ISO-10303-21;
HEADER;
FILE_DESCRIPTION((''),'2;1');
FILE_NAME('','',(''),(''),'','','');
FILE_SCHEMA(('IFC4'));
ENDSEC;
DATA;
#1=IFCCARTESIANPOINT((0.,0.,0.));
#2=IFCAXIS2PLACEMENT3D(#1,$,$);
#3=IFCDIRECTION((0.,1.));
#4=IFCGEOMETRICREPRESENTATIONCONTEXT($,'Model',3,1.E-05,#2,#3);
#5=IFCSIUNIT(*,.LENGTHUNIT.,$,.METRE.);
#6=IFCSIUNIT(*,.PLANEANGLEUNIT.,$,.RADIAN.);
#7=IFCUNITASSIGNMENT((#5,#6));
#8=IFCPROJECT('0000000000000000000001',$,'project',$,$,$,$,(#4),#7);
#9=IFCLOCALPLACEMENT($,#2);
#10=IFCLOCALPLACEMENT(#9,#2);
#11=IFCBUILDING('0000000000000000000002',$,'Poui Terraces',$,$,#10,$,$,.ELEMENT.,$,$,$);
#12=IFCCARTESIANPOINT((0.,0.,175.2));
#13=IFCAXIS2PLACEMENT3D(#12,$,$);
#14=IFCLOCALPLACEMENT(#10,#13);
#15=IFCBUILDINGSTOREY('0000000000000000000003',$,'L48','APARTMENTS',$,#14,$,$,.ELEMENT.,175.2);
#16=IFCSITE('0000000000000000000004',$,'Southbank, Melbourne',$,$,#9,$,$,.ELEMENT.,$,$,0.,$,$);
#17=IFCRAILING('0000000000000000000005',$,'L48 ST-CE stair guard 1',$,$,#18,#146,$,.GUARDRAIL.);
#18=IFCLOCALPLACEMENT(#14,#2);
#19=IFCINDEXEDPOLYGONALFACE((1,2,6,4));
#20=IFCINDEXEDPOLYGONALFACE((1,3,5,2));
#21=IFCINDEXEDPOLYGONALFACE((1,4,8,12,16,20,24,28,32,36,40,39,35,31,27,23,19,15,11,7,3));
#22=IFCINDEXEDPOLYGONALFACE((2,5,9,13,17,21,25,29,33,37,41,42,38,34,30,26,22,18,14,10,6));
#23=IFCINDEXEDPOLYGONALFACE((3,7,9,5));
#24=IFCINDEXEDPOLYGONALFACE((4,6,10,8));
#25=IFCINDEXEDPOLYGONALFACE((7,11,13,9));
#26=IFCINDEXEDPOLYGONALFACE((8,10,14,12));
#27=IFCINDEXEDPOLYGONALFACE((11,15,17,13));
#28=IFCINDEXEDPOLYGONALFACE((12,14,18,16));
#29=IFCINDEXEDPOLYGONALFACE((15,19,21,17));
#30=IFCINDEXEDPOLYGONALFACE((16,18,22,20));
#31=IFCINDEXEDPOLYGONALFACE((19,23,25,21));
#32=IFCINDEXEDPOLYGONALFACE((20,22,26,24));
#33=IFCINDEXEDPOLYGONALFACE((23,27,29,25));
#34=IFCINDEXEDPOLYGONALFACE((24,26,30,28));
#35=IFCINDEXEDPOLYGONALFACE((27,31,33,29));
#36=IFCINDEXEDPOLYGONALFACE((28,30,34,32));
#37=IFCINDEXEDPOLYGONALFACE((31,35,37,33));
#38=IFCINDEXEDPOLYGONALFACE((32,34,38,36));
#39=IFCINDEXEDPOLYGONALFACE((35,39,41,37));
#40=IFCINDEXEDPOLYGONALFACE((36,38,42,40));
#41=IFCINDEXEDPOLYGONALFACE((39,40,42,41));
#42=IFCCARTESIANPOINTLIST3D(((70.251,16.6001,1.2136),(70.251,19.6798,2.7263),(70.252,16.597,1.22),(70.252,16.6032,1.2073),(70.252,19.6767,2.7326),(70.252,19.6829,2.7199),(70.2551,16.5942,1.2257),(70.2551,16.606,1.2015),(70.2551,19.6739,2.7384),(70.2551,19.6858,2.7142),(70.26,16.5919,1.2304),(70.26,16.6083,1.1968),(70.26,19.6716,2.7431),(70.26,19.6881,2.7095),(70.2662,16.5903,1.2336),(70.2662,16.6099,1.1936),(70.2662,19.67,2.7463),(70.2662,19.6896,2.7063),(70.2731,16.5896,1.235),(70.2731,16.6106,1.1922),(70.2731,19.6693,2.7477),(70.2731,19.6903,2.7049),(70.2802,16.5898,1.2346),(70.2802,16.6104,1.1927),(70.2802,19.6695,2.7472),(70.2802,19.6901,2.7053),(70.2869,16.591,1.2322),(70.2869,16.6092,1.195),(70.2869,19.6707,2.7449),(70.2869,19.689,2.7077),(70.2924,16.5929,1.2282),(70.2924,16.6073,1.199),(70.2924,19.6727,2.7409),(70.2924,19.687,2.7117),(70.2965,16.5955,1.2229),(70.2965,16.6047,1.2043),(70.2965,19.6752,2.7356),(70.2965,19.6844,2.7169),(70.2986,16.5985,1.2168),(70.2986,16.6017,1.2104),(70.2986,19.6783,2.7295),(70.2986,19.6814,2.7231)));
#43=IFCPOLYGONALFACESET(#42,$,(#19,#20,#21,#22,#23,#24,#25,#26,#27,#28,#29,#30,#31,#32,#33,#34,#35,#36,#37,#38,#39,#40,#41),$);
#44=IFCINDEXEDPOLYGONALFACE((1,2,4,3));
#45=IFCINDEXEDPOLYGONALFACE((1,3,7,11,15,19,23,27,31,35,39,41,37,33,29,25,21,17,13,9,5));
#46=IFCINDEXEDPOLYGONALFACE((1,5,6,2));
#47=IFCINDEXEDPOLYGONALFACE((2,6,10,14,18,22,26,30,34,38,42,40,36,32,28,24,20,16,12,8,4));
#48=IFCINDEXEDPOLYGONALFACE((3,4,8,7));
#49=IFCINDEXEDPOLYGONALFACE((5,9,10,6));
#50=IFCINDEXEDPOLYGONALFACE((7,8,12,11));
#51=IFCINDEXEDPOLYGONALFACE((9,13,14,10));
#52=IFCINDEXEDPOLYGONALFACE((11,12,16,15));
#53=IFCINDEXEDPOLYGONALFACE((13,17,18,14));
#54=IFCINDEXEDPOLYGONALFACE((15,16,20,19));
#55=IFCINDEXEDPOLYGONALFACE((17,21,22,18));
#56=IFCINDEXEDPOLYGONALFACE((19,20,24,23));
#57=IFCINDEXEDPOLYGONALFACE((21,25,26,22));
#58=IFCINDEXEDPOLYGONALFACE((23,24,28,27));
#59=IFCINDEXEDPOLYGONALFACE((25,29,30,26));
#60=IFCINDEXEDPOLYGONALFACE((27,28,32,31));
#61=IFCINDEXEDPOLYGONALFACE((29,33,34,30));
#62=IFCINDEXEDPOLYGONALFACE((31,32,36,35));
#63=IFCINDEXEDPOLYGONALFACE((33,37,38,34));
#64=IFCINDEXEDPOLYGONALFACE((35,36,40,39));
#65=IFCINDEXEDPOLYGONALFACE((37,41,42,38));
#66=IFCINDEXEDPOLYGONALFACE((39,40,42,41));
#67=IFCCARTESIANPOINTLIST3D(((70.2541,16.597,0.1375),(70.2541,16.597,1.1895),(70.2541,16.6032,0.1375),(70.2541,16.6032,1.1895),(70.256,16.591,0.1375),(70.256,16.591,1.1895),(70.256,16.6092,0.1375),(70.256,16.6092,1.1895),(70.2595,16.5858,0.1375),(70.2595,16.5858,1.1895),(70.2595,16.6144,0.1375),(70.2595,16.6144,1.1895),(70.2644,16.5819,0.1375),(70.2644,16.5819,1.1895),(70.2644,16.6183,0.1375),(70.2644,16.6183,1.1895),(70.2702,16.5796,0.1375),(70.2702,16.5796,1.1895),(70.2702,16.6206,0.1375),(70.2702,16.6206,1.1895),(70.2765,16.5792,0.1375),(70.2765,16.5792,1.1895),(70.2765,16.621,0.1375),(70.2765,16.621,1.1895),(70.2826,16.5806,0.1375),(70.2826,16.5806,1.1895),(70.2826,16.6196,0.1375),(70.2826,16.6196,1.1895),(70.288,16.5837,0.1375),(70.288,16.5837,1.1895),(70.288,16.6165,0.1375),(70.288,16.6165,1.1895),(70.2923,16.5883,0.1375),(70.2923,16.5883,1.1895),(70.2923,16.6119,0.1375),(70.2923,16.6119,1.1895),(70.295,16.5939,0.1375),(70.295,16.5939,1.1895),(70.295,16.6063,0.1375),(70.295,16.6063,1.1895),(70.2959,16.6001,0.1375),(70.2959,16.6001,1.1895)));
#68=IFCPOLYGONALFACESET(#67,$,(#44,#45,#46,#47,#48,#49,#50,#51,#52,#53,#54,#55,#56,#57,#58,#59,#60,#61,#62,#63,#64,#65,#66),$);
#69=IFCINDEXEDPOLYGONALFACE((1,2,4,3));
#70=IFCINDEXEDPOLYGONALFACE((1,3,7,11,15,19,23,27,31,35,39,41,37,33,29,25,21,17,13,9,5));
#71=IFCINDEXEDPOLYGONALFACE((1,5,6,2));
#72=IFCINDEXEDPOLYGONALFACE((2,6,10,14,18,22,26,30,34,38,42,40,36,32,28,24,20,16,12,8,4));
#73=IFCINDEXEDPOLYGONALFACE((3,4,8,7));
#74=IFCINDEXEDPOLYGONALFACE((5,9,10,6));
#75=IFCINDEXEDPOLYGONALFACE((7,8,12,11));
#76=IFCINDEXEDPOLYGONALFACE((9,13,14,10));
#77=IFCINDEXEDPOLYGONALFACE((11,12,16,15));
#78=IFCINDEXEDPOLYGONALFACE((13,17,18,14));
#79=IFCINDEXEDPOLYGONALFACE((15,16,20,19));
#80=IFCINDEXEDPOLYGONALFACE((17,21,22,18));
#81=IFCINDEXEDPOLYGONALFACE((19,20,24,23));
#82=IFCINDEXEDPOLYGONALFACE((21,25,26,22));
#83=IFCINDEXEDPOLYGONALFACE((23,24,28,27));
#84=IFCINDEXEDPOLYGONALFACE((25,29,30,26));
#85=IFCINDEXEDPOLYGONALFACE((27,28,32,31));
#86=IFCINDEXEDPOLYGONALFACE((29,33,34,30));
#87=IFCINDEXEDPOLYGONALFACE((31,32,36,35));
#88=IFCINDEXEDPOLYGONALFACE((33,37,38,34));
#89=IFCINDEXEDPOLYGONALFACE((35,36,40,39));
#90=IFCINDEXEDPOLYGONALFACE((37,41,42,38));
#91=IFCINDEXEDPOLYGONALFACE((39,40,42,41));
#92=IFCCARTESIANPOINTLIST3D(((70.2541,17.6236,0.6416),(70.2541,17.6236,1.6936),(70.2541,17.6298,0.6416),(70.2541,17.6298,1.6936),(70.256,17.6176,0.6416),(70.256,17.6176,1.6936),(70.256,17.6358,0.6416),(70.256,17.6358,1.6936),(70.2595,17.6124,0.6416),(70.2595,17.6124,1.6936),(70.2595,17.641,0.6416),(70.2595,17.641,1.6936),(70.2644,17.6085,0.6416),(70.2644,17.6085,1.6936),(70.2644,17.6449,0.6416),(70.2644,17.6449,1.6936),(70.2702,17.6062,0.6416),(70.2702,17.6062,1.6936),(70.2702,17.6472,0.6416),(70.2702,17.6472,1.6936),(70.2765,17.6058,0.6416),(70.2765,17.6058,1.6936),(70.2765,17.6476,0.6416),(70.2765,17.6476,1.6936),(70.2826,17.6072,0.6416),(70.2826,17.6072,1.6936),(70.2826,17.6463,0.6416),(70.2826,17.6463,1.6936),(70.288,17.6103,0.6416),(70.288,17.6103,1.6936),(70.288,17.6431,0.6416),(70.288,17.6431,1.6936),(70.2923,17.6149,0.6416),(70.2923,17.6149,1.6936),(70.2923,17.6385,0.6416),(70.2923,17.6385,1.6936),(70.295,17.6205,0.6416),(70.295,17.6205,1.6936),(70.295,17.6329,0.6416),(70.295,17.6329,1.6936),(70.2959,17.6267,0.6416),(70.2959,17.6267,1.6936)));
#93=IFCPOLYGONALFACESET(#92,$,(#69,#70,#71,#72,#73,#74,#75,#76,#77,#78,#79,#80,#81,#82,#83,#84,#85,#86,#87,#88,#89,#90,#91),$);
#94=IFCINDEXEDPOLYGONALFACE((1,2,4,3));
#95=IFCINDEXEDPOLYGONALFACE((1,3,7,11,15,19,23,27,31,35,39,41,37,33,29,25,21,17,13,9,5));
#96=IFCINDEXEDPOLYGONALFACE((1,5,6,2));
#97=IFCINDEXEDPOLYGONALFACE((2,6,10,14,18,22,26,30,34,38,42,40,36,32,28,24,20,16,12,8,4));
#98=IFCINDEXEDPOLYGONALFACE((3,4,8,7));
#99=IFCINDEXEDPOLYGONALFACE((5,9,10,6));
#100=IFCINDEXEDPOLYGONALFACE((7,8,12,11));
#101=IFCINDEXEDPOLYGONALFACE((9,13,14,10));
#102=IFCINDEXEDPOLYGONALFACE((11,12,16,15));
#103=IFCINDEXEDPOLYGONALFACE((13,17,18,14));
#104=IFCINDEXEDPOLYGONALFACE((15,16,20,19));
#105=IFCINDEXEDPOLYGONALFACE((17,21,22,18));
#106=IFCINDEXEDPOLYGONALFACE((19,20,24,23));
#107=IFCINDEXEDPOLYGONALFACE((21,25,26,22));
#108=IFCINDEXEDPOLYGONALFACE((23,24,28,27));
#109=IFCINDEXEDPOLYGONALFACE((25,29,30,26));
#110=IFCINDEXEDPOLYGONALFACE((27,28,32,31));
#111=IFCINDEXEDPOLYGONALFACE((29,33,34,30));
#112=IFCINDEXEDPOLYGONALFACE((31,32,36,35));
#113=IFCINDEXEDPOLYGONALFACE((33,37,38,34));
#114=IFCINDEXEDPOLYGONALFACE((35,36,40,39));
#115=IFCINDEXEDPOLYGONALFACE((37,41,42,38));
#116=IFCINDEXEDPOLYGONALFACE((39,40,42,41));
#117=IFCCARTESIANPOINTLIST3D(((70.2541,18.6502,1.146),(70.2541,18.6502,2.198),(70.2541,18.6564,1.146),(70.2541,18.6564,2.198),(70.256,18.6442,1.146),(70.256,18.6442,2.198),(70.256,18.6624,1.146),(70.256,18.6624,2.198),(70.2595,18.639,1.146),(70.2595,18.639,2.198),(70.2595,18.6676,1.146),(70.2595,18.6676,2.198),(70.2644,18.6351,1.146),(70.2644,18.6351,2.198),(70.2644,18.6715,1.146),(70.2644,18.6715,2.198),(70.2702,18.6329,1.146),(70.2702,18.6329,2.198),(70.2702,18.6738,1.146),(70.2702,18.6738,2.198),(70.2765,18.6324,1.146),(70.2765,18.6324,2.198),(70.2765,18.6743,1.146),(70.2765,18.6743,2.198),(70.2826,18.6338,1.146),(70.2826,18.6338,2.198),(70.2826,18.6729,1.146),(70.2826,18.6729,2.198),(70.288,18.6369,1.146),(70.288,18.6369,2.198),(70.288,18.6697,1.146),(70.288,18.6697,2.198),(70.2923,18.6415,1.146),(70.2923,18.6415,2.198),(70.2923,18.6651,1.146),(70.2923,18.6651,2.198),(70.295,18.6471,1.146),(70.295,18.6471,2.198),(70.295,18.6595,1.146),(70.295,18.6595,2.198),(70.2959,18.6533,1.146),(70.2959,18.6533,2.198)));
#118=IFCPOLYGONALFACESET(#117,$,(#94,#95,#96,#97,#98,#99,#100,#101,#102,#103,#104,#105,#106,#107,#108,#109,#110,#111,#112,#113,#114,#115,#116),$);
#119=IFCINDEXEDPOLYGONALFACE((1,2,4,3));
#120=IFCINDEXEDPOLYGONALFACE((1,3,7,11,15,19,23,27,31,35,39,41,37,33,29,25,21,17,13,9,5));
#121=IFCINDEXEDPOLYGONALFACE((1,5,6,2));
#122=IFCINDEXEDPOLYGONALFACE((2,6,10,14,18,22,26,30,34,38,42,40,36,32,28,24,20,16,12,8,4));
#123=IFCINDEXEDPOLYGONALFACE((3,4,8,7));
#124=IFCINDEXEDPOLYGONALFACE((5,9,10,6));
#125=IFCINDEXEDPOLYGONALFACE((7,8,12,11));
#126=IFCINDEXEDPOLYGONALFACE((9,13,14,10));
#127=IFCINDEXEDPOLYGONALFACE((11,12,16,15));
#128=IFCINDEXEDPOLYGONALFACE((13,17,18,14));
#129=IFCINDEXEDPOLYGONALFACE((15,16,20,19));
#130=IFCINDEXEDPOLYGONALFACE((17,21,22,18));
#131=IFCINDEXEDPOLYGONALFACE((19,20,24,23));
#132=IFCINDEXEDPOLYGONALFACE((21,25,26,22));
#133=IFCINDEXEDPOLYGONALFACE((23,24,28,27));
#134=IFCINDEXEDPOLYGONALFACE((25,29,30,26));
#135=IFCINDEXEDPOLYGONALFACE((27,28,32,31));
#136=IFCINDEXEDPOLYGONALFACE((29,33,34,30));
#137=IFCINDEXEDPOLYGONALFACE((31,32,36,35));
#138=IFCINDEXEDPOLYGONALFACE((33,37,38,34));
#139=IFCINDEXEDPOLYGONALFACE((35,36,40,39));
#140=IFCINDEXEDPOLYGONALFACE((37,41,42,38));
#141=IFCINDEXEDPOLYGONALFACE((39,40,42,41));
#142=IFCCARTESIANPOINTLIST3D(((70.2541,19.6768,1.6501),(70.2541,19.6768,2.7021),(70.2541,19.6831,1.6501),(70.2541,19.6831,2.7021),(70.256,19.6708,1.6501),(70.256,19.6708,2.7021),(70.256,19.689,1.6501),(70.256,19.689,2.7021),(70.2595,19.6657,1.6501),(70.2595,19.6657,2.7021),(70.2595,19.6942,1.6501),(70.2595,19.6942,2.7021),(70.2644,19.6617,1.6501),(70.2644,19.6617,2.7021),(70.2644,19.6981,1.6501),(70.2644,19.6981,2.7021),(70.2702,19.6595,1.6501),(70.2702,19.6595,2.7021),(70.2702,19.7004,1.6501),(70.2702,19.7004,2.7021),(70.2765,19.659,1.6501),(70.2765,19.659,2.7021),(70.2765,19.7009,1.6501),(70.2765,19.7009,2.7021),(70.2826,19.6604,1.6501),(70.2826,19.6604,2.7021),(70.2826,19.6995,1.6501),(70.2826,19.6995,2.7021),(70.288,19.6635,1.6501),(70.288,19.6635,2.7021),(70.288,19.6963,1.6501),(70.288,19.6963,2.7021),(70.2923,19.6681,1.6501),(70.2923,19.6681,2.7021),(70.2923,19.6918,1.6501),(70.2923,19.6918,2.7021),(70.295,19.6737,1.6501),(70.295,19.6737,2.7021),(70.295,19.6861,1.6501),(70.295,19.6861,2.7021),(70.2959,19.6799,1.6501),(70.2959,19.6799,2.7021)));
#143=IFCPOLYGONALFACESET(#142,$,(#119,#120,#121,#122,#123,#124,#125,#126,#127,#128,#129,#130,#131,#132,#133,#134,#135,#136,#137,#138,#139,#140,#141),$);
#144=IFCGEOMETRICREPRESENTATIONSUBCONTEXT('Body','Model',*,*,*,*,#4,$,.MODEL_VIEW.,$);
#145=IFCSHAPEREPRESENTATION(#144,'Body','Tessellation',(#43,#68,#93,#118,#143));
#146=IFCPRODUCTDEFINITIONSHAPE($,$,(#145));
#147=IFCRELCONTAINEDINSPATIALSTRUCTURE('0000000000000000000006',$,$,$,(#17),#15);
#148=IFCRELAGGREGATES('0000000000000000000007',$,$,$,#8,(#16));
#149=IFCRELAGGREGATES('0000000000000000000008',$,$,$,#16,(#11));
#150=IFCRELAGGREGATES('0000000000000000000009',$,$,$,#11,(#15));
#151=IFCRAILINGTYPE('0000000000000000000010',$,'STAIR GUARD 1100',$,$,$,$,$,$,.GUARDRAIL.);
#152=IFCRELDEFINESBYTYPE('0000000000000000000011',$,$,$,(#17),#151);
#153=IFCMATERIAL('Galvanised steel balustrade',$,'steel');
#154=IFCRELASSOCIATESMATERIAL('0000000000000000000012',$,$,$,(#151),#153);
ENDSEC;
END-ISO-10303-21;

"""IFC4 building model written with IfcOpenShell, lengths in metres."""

from ifc_helpers import new_model, si_unit, direction, frame, origin, origin_2d, place, context, subcontext, project, spatial, circle, extrude, material, type_object, element, save


model = new_model("IFC4")

# Units and contexts
model_context = context("Model", 3, precision=1e-05, world=origin(), true_north=direction((0.0, 1.0)))
body_context = subcontext(model_context, "Body", "Model", "MODEL_VIEW")
ifc_project = project(units=[si_unit("LENGTHUNIT", "METRE"), si_unit("PLANEANGLEUNIT", "RADIAN")], contexts=[model_context])

# Site, building, storey
site_placement = place(None, origin())
site = spatial("IfcSite", under=ifc_project, at=site_placement, Name="Southbank, Melbourne", CompositionType="ELEMENT", RefElevation=0.0)
building_placement = place(site_placement, origin())
building = spatial("IfcBuilding", under=site, at=building_placement, Name="Poui Terraces", CompositionType="ELEMENT")
storey_placement = place(building_placement, frame((0.0, 0.0, 175.2)))
storey = spatial("IfcBuildingStorey", under=building, at=storey_placement, Name="L48", Description="APARTMENTS", CompositionType="ELEMENT", Elevation=175.2)

# Railing
ifc_material_1 = material(Name="Galvanised steel balustrade", Category="steel")
railing_type_1 = type_object("IfcRailingType", Name="STAIR GUARD 1100", PredefinedType="GUARDRAIL", material=ifc_material_1)
railing_1_placement = place(storey_placement, frame((70.2749, 16.6001, 0.1375)))
element("IfcRailing", 1, at=railing_1_placement, inside=storey, type_object=railing_type_1, Name="L48 ST-CE stair guard 1", PredefinedType="GUARDRAIL", context=body_context, shape_type="SweptSolid", body=[
    extrude(circle(Radius=0.0239, at=origin_2d()), frame((0.0, 0.0, 1.0762), z_axis=(0.0, 0.897578, 0.440856), x_axis=(-1.0, 0.0, 0.0)), (0.0, 0.0, 1.0), 3.4312),
    extrude(circle(Radius=0.021, at=origin_2d()), origin(), (0.0, 0.0, 1.0), 1.052),
    extrude(circle(Radius=0.021, at=origin_2d()), frame((0.0, 1.0266, 0.5042)), (0.0, 0.0, 1.0), 1.052),
    extrude(circle(Radius=0.021, at=origin_2d()), frame((0.0, 2.0532, 1.0085)), (0.0, 0.0, 1.0), 1.052),
    extrude(circle(Radius=0.021, at=origin_2d()), frame((0.0, 3.0798, 1.5127)), (0.0, 0.0, 1.0), 1.052),
])

save(model, "model.ifc")
